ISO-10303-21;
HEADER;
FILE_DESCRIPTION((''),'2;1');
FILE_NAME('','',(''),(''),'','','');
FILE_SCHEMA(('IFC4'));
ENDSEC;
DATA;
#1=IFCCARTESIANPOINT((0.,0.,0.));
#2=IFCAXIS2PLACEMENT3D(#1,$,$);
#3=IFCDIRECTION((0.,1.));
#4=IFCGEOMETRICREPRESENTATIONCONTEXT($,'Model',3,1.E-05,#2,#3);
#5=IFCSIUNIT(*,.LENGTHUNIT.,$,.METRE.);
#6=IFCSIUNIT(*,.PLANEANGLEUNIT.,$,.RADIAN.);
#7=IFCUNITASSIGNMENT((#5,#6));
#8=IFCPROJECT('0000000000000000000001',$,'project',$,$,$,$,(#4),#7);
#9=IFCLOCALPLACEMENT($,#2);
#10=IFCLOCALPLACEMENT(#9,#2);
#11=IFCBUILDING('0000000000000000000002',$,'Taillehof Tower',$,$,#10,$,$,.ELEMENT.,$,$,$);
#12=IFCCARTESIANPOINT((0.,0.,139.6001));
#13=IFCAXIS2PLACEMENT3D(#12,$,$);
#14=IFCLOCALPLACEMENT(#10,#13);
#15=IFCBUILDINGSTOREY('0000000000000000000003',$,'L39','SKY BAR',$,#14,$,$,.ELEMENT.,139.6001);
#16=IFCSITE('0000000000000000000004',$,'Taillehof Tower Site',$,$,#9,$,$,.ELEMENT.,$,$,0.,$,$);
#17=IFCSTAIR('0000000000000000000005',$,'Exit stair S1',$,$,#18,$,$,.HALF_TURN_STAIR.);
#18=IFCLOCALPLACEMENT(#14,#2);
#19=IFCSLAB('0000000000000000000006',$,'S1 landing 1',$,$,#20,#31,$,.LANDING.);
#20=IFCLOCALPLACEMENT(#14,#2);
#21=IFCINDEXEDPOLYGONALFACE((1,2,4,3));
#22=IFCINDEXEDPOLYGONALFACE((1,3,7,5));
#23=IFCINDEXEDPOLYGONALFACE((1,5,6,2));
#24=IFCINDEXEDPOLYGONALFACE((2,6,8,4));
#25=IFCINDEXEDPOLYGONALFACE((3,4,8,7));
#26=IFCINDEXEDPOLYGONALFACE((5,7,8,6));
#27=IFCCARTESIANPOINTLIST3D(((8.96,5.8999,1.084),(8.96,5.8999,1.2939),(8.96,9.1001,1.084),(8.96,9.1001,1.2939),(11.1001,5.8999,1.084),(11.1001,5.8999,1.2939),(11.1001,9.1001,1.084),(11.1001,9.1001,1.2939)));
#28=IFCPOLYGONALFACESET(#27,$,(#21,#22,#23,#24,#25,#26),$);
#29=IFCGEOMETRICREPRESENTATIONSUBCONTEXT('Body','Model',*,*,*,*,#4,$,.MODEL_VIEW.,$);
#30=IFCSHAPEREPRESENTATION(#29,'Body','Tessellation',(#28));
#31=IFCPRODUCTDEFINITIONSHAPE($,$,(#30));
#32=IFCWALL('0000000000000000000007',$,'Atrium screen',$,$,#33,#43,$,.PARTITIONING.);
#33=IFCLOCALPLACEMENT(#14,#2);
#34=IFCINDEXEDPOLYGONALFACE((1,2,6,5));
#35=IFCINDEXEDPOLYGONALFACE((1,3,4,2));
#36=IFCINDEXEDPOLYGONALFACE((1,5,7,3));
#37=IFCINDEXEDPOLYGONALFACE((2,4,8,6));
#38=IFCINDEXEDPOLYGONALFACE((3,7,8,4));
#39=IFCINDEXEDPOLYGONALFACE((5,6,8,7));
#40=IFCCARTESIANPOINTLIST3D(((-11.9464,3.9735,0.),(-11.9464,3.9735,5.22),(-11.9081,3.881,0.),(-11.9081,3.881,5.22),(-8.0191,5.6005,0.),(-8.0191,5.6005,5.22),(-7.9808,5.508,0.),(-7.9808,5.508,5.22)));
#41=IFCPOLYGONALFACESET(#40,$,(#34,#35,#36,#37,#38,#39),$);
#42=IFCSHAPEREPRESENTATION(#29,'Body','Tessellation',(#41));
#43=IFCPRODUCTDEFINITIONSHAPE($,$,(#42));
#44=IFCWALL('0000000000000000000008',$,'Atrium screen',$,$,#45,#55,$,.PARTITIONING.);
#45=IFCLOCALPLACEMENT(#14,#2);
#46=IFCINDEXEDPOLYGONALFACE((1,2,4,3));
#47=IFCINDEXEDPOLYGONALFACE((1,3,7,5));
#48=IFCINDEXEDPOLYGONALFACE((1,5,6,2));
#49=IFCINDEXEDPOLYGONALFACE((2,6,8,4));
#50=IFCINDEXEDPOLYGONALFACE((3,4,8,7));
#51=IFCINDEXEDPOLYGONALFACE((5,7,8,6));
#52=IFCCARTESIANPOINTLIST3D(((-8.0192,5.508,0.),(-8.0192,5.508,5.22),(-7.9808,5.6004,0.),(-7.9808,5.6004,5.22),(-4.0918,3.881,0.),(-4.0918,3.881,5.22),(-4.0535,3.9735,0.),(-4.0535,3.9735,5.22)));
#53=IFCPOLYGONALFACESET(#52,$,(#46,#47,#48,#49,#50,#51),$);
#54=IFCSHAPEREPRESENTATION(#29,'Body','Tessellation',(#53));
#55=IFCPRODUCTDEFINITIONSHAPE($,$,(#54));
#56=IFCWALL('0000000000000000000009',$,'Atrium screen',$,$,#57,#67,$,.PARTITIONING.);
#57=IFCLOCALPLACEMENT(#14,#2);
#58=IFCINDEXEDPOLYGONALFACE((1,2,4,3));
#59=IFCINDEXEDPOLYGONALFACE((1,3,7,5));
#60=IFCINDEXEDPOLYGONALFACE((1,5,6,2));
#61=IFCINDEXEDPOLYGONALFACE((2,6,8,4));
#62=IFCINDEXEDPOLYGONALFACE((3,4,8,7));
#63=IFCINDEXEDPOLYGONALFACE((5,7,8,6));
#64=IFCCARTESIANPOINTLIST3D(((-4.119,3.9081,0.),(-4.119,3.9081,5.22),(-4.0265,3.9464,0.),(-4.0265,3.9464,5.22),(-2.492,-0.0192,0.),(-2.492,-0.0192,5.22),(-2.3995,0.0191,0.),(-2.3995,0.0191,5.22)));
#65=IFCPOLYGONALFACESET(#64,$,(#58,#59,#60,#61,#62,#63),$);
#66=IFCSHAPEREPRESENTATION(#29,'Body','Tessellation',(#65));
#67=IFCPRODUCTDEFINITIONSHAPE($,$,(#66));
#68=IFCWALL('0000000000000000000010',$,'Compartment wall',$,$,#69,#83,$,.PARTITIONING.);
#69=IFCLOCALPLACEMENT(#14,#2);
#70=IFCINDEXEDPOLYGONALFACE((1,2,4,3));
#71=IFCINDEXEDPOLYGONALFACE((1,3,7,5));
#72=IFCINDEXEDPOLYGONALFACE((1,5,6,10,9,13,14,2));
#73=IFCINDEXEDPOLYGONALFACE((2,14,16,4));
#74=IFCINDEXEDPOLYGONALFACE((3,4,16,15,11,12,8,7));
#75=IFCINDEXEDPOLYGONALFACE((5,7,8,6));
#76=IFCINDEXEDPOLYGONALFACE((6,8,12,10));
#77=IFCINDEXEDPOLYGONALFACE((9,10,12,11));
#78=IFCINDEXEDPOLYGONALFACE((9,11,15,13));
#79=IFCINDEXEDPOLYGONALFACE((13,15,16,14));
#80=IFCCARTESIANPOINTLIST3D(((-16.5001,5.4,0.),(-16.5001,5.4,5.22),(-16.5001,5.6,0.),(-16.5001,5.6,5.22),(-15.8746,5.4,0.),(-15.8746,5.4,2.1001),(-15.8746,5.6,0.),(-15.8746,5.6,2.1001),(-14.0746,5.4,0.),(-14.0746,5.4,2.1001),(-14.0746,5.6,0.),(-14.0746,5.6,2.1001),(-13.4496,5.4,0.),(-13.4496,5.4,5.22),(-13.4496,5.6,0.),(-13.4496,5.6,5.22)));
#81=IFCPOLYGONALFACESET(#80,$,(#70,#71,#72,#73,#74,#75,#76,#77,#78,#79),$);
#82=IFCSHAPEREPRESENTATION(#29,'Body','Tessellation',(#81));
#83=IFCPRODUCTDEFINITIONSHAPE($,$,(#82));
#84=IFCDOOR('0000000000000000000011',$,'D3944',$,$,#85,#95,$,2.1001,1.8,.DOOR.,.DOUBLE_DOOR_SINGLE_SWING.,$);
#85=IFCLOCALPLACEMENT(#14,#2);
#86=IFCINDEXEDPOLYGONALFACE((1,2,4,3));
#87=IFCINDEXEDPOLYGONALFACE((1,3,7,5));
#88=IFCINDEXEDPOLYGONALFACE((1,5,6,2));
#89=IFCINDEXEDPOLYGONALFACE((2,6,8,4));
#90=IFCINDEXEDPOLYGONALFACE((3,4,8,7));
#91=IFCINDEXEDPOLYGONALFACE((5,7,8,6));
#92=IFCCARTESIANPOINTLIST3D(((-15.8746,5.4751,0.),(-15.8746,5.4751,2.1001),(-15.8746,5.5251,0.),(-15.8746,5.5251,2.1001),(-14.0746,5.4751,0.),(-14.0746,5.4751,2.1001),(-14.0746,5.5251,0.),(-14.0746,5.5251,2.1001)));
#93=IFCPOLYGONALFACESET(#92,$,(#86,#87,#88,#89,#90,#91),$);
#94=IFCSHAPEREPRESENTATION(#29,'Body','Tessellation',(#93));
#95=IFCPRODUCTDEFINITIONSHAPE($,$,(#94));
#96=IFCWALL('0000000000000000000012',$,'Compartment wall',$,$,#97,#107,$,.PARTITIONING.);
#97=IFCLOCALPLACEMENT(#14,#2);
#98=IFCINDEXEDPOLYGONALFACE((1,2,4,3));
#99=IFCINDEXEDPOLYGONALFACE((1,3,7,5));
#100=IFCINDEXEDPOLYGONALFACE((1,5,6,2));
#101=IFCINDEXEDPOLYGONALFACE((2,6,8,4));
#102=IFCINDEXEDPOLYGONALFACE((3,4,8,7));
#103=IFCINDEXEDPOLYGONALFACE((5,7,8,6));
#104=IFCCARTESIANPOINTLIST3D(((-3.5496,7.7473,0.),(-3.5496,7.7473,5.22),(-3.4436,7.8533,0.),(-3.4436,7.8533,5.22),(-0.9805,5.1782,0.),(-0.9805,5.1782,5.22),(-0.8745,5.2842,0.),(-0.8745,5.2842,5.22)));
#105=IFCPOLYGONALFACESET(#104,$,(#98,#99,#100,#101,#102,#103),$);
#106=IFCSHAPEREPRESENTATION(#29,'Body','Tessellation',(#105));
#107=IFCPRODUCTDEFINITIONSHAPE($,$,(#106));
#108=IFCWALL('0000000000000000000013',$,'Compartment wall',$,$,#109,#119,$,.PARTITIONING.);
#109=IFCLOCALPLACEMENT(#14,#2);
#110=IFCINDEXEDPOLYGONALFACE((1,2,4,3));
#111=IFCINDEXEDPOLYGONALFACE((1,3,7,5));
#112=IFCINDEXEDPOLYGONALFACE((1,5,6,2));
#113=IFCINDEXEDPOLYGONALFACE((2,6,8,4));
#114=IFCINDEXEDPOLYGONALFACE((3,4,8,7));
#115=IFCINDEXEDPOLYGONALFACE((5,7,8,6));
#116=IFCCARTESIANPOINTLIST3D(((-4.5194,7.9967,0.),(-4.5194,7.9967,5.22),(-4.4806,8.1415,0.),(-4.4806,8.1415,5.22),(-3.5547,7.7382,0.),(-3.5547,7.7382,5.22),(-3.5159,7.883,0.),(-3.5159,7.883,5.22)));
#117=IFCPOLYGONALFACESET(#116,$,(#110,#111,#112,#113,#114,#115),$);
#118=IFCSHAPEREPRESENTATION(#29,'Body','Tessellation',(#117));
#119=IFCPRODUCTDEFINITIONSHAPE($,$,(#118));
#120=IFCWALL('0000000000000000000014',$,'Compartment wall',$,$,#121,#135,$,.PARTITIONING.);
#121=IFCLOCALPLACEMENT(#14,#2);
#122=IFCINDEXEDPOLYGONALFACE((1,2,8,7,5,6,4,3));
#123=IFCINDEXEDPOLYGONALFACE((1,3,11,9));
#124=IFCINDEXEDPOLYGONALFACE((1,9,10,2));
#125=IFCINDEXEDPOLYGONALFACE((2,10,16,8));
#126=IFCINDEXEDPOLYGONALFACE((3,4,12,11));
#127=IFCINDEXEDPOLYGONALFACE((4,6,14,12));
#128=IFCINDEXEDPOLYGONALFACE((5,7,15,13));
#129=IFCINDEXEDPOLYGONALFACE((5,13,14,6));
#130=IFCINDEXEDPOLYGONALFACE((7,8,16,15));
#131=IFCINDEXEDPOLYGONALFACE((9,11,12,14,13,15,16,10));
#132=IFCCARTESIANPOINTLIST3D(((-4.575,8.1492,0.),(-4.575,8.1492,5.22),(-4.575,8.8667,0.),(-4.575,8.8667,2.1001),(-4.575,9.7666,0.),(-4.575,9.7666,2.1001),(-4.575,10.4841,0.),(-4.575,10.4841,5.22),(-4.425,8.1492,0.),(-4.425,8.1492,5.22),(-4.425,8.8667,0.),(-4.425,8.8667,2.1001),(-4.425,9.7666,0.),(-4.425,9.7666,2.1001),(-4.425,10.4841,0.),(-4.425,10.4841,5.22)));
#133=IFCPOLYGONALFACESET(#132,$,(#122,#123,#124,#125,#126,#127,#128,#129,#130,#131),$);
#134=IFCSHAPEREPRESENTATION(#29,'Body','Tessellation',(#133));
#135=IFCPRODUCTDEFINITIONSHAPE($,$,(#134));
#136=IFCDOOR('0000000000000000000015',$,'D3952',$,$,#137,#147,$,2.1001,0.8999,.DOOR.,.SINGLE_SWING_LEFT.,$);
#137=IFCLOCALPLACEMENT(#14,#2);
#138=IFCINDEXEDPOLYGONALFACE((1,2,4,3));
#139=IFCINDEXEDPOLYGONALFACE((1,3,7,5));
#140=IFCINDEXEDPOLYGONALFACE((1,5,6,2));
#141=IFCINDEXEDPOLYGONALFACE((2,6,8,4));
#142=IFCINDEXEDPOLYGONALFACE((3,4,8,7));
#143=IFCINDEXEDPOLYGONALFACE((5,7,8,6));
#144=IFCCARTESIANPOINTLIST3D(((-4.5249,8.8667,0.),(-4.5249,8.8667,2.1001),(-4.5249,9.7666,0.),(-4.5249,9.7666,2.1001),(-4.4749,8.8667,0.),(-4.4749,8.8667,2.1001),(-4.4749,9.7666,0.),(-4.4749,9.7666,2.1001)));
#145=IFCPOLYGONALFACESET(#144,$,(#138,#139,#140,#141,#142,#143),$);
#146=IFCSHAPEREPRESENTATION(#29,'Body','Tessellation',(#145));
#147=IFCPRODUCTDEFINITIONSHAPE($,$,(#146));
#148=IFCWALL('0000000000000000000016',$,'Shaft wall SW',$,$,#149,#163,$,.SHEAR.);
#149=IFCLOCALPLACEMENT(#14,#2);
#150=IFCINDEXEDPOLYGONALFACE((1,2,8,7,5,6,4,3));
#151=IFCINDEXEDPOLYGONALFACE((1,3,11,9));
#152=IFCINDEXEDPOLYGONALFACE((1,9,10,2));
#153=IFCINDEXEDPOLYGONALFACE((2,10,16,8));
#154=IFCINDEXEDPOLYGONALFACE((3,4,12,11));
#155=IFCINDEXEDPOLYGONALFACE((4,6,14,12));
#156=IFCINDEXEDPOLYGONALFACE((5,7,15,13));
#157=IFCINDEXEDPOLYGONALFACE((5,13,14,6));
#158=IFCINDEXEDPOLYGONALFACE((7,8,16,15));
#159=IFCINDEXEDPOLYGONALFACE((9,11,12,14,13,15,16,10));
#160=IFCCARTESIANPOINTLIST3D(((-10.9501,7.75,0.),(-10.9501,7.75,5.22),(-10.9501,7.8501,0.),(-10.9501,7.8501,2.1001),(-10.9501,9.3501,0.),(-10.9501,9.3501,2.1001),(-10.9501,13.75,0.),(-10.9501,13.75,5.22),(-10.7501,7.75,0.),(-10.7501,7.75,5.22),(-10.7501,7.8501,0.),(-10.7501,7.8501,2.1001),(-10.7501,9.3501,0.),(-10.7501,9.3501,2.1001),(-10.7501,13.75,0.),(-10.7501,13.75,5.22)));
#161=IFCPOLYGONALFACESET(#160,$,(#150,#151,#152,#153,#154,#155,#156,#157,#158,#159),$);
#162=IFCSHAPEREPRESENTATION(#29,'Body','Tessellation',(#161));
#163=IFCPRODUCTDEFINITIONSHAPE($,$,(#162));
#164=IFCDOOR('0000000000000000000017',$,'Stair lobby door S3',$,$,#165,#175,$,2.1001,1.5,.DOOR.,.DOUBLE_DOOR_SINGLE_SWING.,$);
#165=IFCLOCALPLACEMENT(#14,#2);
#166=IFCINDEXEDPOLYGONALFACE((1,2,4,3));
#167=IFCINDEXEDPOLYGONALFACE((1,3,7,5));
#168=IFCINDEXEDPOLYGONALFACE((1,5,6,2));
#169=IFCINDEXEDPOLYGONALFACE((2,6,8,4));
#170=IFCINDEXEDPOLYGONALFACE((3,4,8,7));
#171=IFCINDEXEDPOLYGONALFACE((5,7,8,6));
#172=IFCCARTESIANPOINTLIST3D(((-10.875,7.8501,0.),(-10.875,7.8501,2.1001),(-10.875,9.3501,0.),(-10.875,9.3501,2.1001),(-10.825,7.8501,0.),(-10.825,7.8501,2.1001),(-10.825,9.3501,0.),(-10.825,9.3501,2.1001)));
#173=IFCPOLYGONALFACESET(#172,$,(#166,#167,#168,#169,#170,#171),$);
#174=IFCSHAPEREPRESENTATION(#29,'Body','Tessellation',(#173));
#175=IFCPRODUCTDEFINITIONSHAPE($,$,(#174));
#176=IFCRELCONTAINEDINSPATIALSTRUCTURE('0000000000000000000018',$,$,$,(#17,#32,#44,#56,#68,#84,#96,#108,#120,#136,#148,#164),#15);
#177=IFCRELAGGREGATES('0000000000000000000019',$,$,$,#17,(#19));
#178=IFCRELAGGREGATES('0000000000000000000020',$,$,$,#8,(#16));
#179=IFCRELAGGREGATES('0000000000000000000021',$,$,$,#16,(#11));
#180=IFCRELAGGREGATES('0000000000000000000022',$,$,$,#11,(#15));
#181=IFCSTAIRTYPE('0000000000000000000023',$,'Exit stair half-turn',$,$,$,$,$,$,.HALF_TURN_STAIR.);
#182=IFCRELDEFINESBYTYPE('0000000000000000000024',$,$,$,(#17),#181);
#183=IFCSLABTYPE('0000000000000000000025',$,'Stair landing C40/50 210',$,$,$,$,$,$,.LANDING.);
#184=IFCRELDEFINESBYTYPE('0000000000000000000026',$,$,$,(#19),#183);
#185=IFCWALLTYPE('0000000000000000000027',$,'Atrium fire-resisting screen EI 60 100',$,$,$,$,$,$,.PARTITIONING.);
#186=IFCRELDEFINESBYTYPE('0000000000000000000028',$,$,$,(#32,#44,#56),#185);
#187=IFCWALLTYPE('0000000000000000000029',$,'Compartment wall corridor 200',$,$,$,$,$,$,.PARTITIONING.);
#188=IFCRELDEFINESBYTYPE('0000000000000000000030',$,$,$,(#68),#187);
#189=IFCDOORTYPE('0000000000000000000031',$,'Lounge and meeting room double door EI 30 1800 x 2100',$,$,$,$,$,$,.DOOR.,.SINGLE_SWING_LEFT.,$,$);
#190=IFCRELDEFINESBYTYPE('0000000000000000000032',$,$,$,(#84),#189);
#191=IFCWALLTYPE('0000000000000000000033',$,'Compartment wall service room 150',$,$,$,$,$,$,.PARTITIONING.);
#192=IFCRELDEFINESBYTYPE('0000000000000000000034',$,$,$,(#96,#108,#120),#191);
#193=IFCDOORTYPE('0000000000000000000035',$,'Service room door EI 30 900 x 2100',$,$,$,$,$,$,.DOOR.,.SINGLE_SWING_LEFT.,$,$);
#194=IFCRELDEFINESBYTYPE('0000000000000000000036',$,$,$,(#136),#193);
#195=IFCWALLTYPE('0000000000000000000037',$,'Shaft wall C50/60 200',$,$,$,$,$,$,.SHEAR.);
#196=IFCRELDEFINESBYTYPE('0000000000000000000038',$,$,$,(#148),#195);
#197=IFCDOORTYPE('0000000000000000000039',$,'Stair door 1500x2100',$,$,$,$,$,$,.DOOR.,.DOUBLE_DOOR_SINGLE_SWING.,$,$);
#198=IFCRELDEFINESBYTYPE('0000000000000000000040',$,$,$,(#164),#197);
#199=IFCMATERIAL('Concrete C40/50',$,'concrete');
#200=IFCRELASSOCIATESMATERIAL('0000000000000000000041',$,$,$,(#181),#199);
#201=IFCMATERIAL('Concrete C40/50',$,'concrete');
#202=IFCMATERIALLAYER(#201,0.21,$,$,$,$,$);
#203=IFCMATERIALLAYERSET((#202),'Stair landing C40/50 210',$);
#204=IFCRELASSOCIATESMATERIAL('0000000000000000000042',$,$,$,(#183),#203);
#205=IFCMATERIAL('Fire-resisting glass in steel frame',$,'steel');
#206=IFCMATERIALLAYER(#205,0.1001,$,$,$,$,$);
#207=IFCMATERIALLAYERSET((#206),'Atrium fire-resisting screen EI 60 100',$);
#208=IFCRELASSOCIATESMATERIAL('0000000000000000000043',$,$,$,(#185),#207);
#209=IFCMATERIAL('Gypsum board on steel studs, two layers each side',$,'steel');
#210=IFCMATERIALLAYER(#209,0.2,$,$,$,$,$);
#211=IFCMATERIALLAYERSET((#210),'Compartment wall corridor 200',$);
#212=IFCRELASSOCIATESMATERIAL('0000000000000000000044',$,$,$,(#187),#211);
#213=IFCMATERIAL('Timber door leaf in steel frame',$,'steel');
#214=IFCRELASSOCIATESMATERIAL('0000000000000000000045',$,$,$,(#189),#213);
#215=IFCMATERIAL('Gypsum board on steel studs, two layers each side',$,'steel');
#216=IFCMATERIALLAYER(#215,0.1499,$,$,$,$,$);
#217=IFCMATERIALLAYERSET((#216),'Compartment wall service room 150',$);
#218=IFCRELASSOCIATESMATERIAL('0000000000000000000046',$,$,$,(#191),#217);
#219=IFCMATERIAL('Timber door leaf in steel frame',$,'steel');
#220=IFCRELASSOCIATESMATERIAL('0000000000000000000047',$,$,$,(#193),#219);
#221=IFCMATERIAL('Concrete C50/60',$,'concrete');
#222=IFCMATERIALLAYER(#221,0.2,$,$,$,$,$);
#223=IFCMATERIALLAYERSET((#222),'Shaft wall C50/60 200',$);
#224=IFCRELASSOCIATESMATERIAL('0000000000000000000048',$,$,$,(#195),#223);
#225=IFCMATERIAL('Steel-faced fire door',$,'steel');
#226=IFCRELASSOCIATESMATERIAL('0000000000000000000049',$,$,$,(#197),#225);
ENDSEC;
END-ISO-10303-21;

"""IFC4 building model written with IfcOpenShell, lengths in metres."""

from ifc_helpers import new_model, si_unit, direction, frame, frame_2d, origin, place, context, subcontext, project, spatial, polyline, rectangle, outline, extrude, material, layer, layer_set, type_object, element, fill, aggregate, save


model = new_model("IFC4")

# Units and contexts
model_context = context("Model", 3, precision=1e-05, world=origin(), true_north=direction((0.0, 1.0)))
body_context = subcontext(model_context, "Body", "Model", "MODEL_VIEW")
ifc_project = project(units=[si_unit("LENGTHUNIT", "METRE"), si_unit("PLANEANGLEUNIT", "RADIAN")], contexts=[model_context])

# Site, building, storey
site_placement = place(None, origin())
site = spatial("IfcSite", under=ifc_project, at=site_placement, Name="Taillehof Tower Site", CompositionType="ELEMENT", RefElevation=0.0)
building_placement = place(site_placement, origin())
building = spatial("IfcBuilding", under=site, at=building_placement, Name="Taillehof Tower", CompositionType="ELEMENT")
storey_placement = place(building_placement, frame((0.0, 0.0, 139.6001)))
storey = spatial("IfcBuildingStorey", under=building, at=storey_placement, Name="L39", Description="SKY BAR", CompositionType="ELEMENT", Elevation=139.6001)

# Stair, slab
ifc_material_1 = material(Name="Concrete C40/50", Category="concrete")
stair_type = type_object("IfcStairType", Name="Exit stair half-turn", PredefinedType="HALF_TURN_STAIR", material=ifc_material_1)
stair_placement = place(storey_placement, origin())
stair = element("IfcStair", 1, at=stair_placement, inside=storey, type_object=stair_type, Name="Exit stair S1", PredefinedType="HALF_TURN_STAIR")
ifc_material_2 = material(Name="Concrete C40/50", Category="concrete")
ifc_layer_1 = layer(ifc_material_2, 0.21)
ifc_layer_set_1 = layer_set([ifc_layer_1], Name="Stair landing C40/50 210")
slab_type_1 = type_object("IfcSlabType", Name="Stair landing C40/50 210", PredefinedType="LANDING", material=ifc_layer_set_1)
slab_1_placement = place(storey_placement, frame((0.0, 0.0, 1.084)))
slab_1 = element("IfcSlab", 2, at=slab_1_placement, type_object=slab_type_1, Name="S1 landing 1", PredefinedType="LANDING", context=body_context, shape_type="SweptSolid", body=[
    extrude(outline(polyline([(8.96, 5.8999), (11.1001, 5.8999), (11.1001, 9.1001), (8.96, 9.1001), (8.96, 5.8999)])), origin(), (0.0, 0.0, 1.0), 0.21),
])
aggregate(stair, [slab_1])

# Walls
ifc_material_3 = material(Name="Fire-resisting glass in steel frame", Category="steel")
ifc_layer_2 = layer(ifc_material_3, 0.1001)
ifc_layer_set_2 = layer_set([ifc_layer_2], Name="Atrium fire-resisting screen EI 60 100")
wall_type_1 = type_object("IfcWallType", Name="Atrium fire-resisting screen EI 60 100", PredefinedType="PARTITIONING", material=ifc_layer_set_2)
for number, where, z_axis, x_axis, name in (
    (3, (-11.9272, 3.9272, 0.0), (0.0, 0.0, 1.0), (0.92386, 0.382731, 0.0), "Atrium screen"),
    (4, (-8.0, 5.5542, 0.0), (0.0, 0.0, 1.0), (0.92386, -0.382731, 0.0), "Atrium screen"),
    (5, (-4.0728, 3.9272, 0.0), (0.0, 0.0, 1.0), (0.382731, -0.92386, 0.0), "Atrium screen"),
):
    element("IfcWall", number, at=place(storey_placement, frame(where, z_axis=z_axis, x_axis=x_axis)), inside=storey, type_object=wall_type_1, Name=name, PredefinedType="PARTITIONING", context=body_context, shape_type="SweptSolid", body=[
        extrude(rectangle(XDim=4.251, YDim=0.1001, at=frame_2d((2.1255, 0.0))), origin(), (0.0, 0.0, 1.0), 5.22),
    ])

# Wall, opening, door
ifc_material_4 = material(Name="Gypsum board on steel studs, two layers each side", Category="steel")
ifc_layer_3 = layer(ifc_material_4, 0.2)
ifc_layer_set_3 = layer_set([ifc_layer_3], Name="Compartment wall corridor 200")
wall_type_2 = type_object("IfcWallType", Name="Compartment wall corridor 200", PredefinedType="PARTITIONING", material=ifc_layer_set_3)
wall_1_placement = place(storey_placement, frame((-13.4495, 5.5, 0.0), z_axis=(0.0, 0.0, 1.0), x_axis=(-1.0, 0.0, 0.0)))
wall_1 = element("IfcWall", 6, at=wall_1_placement, inside=storey, type_object=wall_type_2, Name="Compartment wall", PredefinedType="PARTITIONING", context=body_context, shape_type="SweptSolid", body=[
    extrude(rectangle(XDim=3.0505, YDim=0.2, at=frame_2d((1.5254, 0.0))), origin(), (0.0, 0.0, 1.0), 5.22),
])
opening_1_placement = place(wall_1_placement, frame((0.6252, 0.0, 0.0)))
opening_1 = element("IfcOpeningElement", 7, at=opening_1_placement, cuts=wall_1, PredefinedType="OPENING", context=body_context, shape_type="SweptSolid", body=[
    extrude(rectangle(XDim=1.8, YDim=2.1001, at=frame_2d((0.8999, 1.05))), frame((0.0, 0.1099, 0.0), z_axis=(0.0, -1.0, 0.0), x_axis=(1.0, 0.0, 0.0)), (0.0, 0.0, 1.0), 0.22),
])
ifc_material_5 = material(Name="Timber door leaf in steel frame", Category="steel")
door_type_1 = type_object("IfcDoorType", Name="Lounge and meeting room double door EI 30 1800 x 2100", OperationType="SINGLE_SWING_LEFT", PredefinedType="DOOR", material=ifc_material_5)
door_1_placement = place(opening_1_placement, origin())
door_1 = element("IfcDoor", 8, at=door_1_placement, inside=storey, type_object=door_type_1, Name="D3944", OperationType="DOUBLE_DOOR_SINGLE_SWING", OverallHeight=2.1001, OverallWidth=1.8, PredefinedType="DOOR", context=body_context, shape_type="SweptSolid", body=[
    extrude(rectangle(XDim=1.8, YDim=2.1001, at=frame_2d((0.8999, 1.05))), frame((0.0, 0.0249, 0.0), z_axis=(0.0, -1.0, 0.0), x_axis=(1.0, 0.0, 0.0)), (0.0, 0.0, 1.0), 0.05),
])
fill(opening_1, door_1)

# Walls
ifc_material_6 = material(Name="Gypsum board on steel studs, two layers each side", Category="steel")
ifc_layer_4 = layer(ifc_material_6, 0.1499)
ifc_layer_set_4 = layer_set([ifc_layer_4], Name="Compartment wall service room 150")
wall_type_3 = type_object("IfcWallType", Name="Compartment wall service room 150", PredefinedType="PARTITIONING", material=ifc_layer_set_4)
wall_2_placement = place(storey_placement, frame((-0.9275, 5.2312, 0.0), z_axis=(0.0, 0.0, 1.0), x_axis=(-0.707107, 0.707107, 0.0)))
element("IfcWall", 9, at=wall_2_placement, inside=storey, type_object=wall_type_3, Name="Compartment wall", PredefinedType="PARTITIONING", context=body_context, shape_type="SweptSolid", body=[
    extrude(rectangle(XDim=3.6333, YDim=0.1499, at=frame_2d((1.8167, 0.0))), origin(), (0.0, 0.0, 1.0), 5.22),
])
wall_3_placement = place(storey_placement, frame((-3.5352, 7.8105, 0.0), z_axis=(0.0, 0.0, 1.0), x_axis=(-0.965922, 0.258834, 0.0)))
element("IfcWall", 10, at=wall_3_placement, inside=storey, type_object=wall_type_3, Name="Compartment wall", PredefinedType="PARTITIONING", context=body_context, shape_type="SweptSolid", body=[
    extrude(rectangle(XDim=0.9988, YDim=0.1499, at=frame_2d((0.4995, 0.0))), origin(), (0.0, 0.0, 1.0), 5.22),
])

# Walls, openings, doors
wall_4_placement = place(storey_placement, frame((-4.5, 8.1492, 0.0), z_axis=(0.0, 0.0, 1.0), x_axis=(0.0, 1.0, 0.0)))
wall_4 = element("IfcWall", 11, at=wall_4_placement, inside=storey, type_object=wall_type_3, Name="Compartment wall", PredefinedType="PARTITIONING", context=body_context, shape_type="SweptSolid", body=[
    extrude(rectangle(XDim=2.335, YDim=0.1499, at=frame_2d((1.1675, 0.0))), origin(), (0.0, 0.0, 1.0), 5.22),
])
opening_2_placement = place(wall_4_placement, frame((0.7175, 0.0, 0.0)))
opening_2 = element("IfcOpeningElement", 12, at=opening_2_placement, cuts=wall_4, PredefinedType="OPENING", context=body_context, shape_type="SweptSolid", body=[
    extrude(rectangle(XDim=0.8999, YDim=2.1001, at=frame_2d((0.45, 1.05))), frame((0.0, 0.085, 0.0), z_axis=(0.0, -1.0, 0.0), x_axis=(1.0, 0.0, 0.0)), (0.0, 0.0, 1.0), 0.1699),
])
ifc_material_7 = material(Name="Timber door leaf in steel frame", Category="steel")
door_type_2 = type_object("IfcDoorType", Name="Service room door EI 30 900 x 2100", OperationType="SINGLE_SWING_LEFT", PredefinedType="DOOR", material=ifc_material_7)
door_2_placement = place(opening_2_placement, origin())
door_2 = element("IfcDoor", 13, at=door_2_placement, inside=storey, type_object=door_type_2, Name="D3952", OperationType="SINGLE_SWING_LEFT", OverallHeight=2.1001, OverallWidth=0.8999, PredefinedType="DOOR", context=body_context, shape_type="SweptSolid", body=[
    extrude(rectangle(XDim=0.8999, YDim=2.1001, at=frame_2d((0.45, 1.05))), frame((0.0, 0.0249, 0.0), z_axis=(0.0, -1.0, 0.0), x_axis=(1.0, 0.0, 0.0)), (0.0, 0.0, 1.0), 0.05),
])
fill(opening_2, door_2)
ifc_material_8 = material(Name="Concrete C50/60", Category="concrete")
ifc_layer_5 = layer(ifc_material_8, 0.2)
ifc_layer_set_5 = layer_set([ifc_layer_5], Name="Shaft wall C50/60 200")
wall_type_4 = type_object("IfcWallType", Name="Shaft wall C50/60 200", PredefinedType="SHEAR", material=ifc_layer_set_5)
wall_5_placement = place(storey_placement, frame((-10.8501, 7.75, 0.0), z_axis=(0.0, 0.0, 1.0), x_axis=(0.0, 1.0, 0.0)))
wall_5 = element("IfcWall", 14, at=wall_5_placement, inside=storey, type_object=wall_type_4, Name="Shaft wall SW", PredefinedType="SHEAR", context=body_context, shape_type="SweptSolid", body=[
    extrude(rectangle(XDim=6.0, YDim=0.2, at=frame_2d((3.0, 0.0))), origin(), (0.0, 0.0, 1.0), 5.22),
])
opening_3_placement = place(wall_5_placement, frame((0.1001, 0.0, 0.0)))
opening_3 = element("IfcOpeningElement", 15, at=opening_3_placement, cuts=wall_5, PredefinedType="OPENING", context=body_context, shape_type="SweptSolid", body=[
    extrude(rectangle(XDim=1.5, YDim=2.1001, at=frame_2d((0.75, 1.05))), frame((0.0, 0.1099, 0.0), z_axis=(0.0, -1.0, 0.0), x_axis=(1.0, 0.0, 0.0)), (0.0, 0.0, 1.0), 0.22),
])
ifc_material_9 = material(Name="Steel-faced fire door", Category="steel")
door_type_3 = type_object("IfcDoorType", Name="Stair door 1500x2100", OperationType="DOUBLE_DOOR_SINGLE_SWING", PredefinedType="DOOR", material=ifc_material_9)
door_3_placement = place(opening_3_placement, origin())
door_3 = element("IfcDoor", 16, at=door_3_placement, inside=storey, type_object=door_type_3, Name="Stair lobby door S3", OperationType="DOUBLE_DOOR_SINGLE_SWING", OverallHeight=2.1001, OverallWidth=1.5, PredefinedType="DOOR", context=body_context, shape_type="SweptSolid", body=[
    extrude(rectangle(XDim=1.5, YDim=2.1001, at=frame_2d((0.75, 1.05))), frame((0.0, 0.0249, 0.0), z_axis=(0.0, -1.0, 0.0), x_axis=(1.0, 0.0, 0.0)), (0.0, 0.0, 1.0), 0.05),
])
fill(opening_3, door_3)

save(model, "model.ifc")
